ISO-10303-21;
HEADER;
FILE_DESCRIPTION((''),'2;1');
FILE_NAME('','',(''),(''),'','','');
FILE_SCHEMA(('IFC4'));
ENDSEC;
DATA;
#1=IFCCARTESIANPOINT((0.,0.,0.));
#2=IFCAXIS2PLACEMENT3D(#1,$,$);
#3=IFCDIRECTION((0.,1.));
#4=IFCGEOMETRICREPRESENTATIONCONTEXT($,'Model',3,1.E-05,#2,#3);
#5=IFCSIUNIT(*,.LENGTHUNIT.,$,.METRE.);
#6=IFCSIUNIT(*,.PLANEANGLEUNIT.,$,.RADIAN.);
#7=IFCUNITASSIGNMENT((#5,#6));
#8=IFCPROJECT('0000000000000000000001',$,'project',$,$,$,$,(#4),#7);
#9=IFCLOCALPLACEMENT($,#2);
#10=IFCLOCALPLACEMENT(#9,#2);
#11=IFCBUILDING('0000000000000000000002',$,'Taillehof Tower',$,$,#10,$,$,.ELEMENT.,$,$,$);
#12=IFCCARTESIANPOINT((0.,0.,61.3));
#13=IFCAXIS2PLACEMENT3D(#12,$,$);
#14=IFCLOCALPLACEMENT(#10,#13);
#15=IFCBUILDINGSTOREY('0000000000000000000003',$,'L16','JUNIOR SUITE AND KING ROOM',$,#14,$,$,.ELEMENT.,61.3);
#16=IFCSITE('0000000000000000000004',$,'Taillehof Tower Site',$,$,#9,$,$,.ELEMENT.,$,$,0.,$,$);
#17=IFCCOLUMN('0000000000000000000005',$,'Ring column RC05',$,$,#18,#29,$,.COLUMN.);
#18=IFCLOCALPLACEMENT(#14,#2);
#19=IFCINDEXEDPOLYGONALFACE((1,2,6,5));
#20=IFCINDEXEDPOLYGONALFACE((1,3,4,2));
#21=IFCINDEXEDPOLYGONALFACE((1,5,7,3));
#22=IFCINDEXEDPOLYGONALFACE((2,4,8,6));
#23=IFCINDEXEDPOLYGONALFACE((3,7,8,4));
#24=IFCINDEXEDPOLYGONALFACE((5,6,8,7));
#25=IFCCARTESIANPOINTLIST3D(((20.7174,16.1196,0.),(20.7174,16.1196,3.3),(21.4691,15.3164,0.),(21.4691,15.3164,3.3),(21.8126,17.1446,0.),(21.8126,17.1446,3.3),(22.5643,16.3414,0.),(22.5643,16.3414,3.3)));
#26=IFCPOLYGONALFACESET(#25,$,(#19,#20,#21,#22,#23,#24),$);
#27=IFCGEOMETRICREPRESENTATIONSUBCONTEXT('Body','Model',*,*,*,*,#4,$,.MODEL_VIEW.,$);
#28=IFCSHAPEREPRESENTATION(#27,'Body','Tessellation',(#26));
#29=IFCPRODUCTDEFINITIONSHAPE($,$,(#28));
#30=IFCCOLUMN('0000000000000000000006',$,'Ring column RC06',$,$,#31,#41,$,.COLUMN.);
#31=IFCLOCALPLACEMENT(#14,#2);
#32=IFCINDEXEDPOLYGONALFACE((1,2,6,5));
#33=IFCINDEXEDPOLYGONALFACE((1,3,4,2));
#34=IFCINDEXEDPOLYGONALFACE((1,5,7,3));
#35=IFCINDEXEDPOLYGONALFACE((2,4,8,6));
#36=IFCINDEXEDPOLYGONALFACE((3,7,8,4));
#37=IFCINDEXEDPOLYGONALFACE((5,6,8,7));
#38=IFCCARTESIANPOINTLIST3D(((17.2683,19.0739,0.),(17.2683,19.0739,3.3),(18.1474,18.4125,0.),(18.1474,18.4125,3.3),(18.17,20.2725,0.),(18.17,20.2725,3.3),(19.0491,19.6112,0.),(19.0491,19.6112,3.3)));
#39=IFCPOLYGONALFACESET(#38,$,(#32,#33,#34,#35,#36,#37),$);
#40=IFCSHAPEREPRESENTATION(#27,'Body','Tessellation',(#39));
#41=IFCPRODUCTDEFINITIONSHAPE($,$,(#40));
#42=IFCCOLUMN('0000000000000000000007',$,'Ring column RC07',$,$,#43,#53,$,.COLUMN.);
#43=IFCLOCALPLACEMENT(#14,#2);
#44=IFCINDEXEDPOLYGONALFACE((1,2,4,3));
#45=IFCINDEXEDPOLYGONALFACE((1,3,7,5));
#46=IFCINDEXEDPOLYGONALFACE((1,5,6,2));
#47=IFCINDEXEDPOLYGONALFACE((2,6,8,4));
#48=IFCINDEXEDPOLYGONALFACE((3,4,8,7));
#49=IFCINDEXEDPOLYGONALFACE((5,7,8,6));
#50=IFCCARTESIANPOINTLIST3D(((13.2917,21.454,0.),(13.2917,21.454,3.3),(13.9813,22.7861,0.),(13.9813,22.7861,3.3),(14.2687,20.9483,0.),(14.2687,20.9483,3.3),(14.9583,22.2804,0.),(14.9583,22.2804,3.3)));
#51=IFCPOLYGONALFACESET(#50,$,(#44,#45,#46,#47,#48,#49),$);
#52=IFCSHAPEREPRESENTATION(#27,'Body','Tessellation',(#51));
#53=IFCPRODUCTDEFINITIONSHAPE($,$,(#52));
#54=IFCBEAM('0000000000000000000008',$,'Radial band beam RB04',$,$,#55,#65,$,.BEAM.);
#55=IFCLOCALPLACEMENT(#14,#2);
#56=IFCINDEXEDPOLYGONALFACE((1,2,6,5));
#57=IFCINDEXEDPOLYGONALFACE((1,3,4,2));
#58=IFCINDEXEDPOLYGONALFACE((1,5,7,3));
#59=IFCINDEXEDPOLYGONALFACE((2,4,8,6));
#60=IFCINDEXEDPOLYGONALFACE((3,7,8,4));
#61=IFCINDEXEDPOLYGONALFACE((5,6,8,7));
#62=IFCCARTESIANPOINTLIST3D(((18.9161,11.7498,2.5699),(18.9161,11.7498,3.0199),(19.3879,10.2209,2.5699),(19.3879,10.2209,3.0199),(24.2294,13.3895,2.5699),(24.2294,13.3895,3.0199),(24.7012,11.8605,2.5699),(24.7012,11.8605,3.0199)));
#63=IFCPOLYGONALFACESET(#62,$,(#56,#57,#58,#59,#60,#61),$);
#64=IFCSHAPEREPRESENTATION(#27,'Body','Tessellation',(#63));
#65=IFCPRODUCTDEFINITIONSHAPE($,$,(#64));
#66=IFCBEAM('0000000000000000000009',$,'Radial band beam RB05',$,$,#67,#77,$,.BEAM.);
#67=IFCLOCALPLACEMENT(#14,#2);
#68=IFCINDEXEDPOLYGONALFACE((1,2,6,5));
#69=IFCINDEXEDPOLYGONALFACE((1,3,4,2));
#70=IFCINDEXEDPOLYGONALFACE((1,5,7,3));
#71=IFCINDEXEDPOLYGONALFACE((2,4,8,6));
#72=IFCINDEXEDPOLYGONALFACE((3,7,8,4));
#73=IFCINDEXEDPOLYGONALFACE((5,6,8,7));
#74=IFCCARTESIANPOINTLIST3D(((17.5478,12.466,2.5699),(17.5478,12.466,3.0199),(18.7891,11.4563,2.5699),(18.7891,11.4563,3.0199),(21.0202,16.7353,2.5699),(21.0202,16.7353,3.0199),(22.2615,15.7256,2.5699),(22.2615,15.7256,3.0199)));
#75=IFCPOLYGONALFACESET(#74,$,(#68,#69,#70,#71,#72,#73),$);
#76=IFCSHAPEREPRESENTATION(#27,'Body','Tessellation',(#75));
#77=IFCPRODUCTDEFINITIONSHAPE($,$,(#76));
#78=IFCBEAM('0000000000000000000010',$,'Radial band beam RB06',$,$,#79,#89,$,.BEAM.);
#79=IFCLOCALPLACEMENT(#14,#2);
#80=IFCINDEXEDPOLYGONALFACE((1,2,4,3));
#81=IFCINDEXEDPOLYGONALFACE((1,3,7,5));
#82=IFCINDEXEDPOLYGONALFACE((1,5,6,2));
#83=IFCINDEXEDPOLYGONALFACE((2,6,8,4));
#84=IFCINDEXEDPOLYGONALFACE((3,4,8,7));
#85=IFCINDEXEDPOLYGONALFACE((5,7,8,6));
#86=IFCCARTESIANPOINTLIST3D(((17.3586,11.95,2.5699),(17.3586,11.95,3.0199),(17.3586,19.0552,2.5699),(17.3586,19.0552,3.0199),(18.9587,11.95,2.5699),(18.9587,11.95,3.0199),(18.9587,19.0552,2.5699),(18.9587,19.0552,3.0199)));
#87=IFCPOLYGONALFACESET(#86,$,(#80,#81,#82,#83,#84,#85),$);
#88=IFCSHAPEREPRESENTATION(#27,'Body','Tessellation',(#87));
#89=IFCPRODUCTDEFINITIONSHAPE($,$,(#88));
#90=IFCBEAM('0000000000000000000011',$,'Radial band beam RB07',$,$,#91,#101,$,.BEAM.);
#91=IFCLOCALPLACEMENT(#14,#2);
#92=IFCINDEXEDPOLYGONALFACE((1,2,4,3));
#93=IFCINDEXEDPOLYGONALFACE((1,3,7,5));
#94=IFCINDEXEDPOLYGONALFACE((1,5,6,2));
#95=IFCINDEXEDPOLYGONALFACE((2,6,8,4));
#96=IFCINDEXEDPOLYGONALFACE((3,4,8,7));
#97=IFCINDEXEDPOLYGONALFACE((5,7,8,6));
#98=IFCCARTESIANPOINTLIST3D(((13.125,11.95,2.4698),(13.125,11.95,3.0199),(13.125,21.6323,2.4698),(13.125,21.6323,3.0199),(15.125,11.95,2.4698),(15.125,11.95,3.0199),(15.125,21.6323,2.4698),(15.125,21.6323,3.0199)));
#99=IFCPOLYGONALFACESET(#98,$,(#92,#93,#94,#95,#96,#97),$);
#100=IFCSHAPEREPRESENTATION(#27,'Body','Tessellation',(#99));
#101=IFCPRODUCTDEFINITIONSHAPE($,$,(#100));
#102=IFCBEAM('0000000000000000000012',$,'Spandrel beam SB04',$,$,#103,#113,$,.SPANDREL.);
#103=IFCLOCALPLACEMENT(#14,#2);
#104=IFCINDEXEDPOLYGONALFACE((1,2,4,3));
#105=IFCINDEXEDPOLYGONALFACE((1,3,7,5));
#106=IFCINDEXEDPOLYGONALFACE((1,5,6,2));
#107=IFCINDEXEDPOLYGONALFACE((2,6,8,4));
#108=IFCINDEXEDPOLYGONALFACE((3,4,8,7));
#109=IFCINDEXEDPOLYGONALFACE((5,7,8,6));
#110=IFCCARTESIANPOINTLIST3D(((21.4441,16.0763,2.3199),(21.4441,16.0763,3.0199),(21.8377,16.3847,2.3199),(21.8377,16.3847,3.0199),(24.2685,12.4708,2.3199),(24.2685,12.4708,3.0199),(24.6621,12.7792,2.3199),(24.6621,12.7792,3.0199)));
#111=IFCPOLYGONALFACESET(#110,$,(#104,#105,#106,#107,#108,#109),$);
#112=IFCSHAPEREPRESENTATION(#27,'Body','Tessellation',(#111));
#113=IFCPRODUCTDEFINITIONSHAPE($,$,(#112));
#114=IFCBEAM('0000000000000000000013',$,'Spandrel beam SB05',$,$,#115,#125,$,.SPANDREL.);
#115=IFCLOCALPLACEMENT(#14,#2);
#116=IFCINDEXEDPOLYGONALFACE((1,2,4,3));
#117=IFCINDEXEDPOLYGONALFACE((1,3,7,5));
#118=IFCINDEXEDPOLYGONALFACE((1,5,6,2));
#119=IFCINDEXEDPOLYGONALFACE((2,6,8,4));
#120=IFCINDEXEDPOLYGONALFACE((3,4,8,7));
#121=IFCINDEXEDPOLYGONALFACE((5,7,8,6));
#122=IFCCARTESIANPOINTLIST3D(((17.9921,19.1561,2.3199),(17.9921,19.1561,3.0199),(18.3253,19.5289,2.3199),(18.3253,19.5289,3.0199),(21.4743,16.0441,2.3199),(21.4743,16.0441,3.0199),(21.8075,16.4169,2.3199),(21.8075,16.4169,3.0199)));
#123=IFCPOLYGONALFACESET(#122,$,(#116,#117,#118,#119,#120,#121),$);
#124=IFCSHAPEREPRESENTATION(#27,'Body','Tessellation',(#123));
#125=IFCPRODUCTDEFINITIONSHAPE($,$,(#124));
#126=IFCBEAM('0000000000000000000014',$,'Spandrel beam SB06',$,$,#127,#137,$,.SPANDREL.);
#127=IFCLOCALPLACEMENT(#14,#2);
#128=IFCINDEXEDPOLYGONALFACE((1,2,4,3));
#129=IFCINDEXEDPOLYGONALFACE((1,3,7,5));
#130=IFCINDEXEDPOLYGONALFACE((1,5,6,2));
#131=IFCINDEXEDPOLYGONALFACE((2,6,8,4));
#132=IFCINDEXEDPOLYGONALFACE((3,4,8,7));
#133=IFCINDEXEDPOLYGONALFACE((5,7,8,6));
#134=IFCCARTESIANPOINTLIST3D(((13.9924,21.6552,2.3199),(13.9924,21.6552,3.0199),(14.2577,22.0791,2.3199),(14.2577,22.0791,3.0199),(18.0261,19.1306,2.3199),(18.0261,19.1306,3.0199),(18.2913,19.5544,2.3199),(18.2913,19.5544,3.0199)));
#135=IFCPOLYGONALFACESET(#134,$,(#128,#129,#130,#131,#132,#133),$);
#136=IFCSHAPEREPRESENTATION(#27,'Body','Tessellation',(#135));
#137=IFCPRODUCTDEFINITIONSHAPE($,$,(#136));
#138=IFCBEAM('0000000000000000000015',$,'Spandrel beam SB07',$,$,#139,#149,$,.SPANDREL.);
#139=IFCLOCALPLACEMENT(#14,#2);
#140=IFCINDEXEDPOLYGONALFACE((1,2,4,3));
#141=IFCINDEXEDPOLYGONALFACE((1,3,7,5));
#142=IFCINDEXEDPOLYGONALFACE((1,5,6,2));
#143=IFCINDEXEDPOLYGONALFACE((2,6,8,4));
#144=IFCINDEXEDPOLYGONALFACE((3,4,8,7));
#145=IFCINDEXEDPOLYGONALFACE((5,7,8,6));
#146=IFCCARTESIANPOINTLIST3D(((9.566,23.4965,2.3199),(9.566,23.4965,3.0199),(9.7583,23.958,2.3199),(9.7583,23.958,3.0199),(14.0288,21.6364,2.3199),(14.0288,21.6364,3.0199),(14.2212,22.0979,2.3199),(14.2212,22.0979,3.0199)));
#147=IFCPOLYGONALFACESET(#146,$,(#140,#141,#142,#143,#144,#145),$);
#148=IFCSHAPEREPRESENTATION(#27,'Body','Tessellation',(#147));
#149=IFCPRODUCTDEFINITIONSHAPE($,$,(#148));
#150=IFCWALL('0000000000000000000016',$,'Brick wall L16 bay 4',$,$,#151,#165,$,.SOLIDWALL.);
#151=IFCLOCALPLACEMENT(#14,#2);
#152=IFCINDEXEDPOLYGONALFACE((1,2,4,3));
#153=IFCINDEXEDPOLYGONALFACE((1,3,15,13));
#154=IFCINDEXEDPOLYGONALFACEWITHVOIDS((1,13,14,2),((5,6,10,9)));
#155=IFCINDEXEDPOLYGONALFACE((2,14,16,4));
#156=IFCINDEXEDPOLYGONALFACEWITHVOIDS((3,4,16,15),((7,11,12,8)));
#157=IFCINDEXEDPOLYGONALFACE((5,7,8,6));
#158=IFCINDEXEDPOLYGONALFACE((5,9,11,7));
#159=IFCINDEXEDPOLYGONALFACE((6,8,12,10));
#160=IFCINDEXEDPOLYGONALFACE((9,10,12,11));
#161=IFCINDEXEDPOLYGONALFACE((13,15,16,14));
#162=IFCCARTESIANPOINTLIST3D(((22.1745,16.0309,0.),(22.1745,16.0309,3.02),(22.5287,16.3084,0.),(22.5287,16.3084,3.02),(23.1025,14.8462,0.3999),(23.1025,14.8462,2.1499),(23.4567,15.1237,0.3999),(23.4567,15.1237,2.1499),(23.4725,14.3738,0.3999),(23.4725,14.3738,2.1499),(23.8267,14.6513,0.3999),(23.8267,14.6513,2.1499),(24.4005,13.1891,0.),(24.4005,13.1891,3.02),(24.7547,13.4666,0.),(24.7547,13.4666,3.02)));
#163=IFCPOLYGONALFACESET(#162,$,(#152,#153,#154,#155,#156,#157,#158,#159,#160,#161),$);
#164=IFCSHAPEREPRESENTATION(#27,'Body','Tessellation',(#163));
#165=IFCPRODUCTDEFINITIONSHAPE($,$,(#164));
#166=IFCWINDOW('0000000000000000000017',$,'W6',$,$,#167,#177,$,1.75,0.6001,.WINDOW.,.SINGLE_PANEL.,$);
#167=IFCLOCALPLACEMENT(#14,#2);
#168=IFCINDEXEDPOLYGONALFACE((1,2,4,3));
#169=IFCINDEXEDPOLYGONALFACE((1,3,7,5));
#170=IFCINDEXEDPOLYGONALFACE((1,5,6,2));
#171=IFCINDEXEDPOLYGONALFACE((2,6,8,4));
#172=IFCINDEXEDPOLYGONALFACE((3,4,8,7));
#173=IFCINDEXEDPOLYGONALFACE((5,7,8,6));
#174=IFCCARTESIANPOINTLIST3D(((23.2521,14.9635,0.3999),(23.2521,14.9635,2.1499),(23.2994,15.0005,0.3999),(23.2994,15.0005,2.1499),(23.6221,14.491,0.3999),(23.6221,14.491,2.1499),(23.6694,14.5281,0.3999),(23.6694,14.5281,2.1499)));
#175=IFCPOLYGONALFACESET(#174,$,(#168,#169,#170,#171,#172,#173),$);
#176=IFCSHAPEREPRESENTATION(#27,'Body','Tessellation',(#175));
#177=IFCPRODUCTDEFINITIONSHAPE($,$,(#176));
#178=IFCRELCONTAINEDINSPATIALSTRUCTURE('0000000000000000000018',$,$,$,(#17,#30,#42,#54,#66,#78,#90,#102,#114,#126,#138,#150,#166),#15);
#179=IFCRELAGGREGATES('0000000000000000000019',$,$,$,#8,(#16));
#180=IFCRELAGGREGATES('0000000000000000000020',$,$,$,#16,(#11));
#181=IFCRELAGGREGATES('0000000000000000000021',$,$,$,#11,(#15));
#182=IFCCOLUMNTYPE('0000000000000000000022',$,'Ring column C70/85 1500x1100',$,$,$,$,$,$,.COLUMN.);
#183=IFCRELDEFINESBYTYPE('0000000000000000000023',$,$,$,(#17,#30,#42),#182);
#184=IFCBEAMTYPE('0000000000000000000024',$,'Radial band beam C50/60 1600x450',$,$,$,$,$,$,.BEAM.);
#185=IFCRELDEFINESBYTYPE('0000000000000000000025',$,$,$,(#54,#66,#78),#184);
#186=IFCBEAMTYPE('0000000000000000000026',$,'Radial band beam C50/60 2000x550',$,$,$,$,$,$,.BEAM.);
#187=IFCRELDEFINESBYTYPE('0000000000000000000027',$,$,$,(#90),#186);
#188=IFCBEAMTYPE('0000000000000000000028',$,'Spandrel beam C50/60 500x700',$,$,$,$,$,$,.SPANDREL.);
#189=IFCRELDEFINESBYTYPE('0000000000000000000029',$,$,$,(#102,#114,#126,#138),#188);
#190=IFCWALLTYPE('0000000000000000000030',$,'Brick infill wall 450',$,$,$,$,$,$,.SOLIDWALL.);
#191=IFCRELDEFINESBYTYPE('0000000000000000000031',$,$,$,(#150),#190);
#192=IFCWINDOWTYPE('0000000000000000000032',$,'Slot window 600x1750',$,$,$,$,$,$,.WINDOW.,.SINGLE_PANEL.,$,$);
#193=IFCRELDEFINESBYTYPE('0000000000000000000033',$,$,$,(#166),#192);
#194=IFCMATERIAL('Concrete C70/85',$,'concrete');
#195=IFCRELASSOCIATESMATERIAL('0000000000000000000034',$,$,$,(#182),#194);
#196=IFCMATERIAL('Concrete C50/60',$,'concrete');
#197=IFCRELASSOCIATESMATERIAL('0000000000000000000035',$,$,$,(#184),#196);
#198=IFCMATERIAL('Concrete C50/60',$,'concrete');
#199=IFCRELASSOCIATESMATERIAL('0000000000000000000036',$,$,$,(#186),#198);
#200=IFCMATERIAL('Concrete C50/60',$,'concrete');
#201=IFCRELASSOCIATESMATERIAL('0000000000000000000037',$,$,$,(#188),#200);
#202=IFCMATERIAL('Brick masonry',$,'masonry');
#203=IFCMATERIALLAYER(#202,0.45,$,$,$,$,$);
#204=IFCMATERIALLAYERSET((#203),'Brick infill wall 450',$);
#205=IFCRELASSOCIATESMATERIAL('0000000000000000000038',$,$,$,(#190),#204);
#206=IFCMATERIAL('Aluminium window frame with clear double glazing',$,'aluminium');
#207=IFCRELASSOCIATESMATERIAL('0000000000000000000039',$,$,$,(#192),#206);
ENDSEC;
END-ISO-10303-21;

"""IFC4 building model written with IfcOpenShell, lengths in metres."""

from ifc_helpers import new_model, si_unit, direction, frame, frame_2d, origin, origin_2d, place, context, subcontext, project, spatial, rectangle, extrude, material, layer, layer_set, material_profile, profile_set, type_object, element, fill, save


model = new_model("IFC4")

# Units and contexts
model_context = context("Model", 3, precision=1e-05, world=origin(), true_north=direction((0.0, 1.0)))
body_context = subcontext(model_context, "Body", "Model", "MODEL_VIEW")
ifc_project = project(units=[si_unit("LENGTHUNIT", "METRE"), si_unit("PLANEANGLEUNIT", "RADIAN")], contexts=[model_context])

# Site, building, storey
site_placement = place(None, origin())
site = spatial("IfcSite", under=ifc_project, at=site_placement, Name="Taillehof Tower Site", CompositionType="ELEMENT", RefElevation=0.0)
building_placement = place(site_placement, origin())
building = spatial("IfcBuilding", under=site, at=building_placement, Name="Taillehof Tower", CompositionType="ELEMENT")
storey_placement = place(building_placement, frame((0.0, 0.0, 61.3)))
storey = spatial("IfcBuildingStorey", under=building, at=storey_placement, Name="L16", Description="JUNIOR SUITE AND KING ROOM", CompositionType="ELEMENT", Elevation=61.3)

# Columns
ifc_material_1 = material(Name="Concrete C70/85", Category="concrete")
ifc_material_profile_1 = material_profile(ifc_material_1, rectangle(XDim=1.5, YDim=1.1001, at=origin_2d()), Name="RC 1500x1100")
ifc_profile_set_1 = profile_set([ifc_material_profile_1], Name="Concrete C70/85")
column_type = type_object("IfcColumnType", Name="Ring column C70/85 1500x1100", PredefinedType="COLUMN", material=ifc_profile_set_1)
for number, where, z_axis, x_axis, name in (
    (1, (21.6409, 16.2305, 0.0), (0.0, 0.0, 1.0), (0.730113, 0.683326, 0.0), "Ring column RC05"),
    (2, (18.1587, 19.3425, 0.0), (0.0, 0.0, 1.0), (0.601174, 0.799118, 0.0), "Ring column RC06"),
    (3, (14.125, 21.8672, 0.0), (0.0, 0.0, 1.0), (0.459691, 0.888079, 0.0), "Ring column RC07"),
):
    element("IfcColumn", number, at=place(storey_placement, frame(where, z_axis=z_axis, x_axis=x_axis)), inside=storey, type_object=column_type, Name=name, PredefinedType="COLUMN", context=body_context, shape_type="SweptSolid", body=[
        extrude(rectangle(XDim=1.5, YDim=1.1001, at=origin_2d()), origin(), (0.0, 0.0, 1.0), 3.3),
    ])

# Beams
ifc_material_2 = material(Name="Concrete C50/60", Category="concrete")
ifc_material_profile_2 = material_profile(ifc_material_2, rectangle(XDim=1.6001, YDim=0.45, at=origin_2d()), Name="RC 1600x450")
ifc_profile_set_2 = profile_set([ifc_material_profile_2], Name="Concrete C50/60")
beam_type_1 = type_object("IfcBeamType", Name="Radial band beam C50/60 1600x450", PredefinedType="BEAM", material=ifc_profile_set_2)
beam_1_placement = place(storey_placement, frame((24.4653, 12.625, 2.7949), z_axis=(-0.955536, -0.294876, 0.0), x_axis=(0.294876, -0.955536, 0.0)))
element("IfcBeam", 4, at=beam_1_placement, inside=storey, type_object=beam_type_1, Name="Radial band beam RB04", PredefinedType="BEAM", context=body_context, shape_type="SweptSolid", body=[
    extrude(rectangle(XDim=1.6001, YDim=0.45, at=origin_2d()), origin(), (0.0, 0.0, 1.0), 5.5605),
])
beam_2_placement = place(storey_placement, frame((21.6409, 16.2305, 2.7949), z_axis=(-0.630988, -0.775792, 0.0), x_axis=(0.775792, -0.630988, 0.0)))
element("IfcBeam", 5, at=beam_2_placement, inside=storey, type_object=beam_type_1, Name="Radial band beam RB05", PredefinedType="BEAM", context=body_context, shape_type="SweptSolid", body=[
    extrude(rectangle(XDim=1.6001, YDim=0.45, at=origin_2d()), origin(), (0.0, 0.0, 1.0), 5.5032),
])
beam_3_placement = place(storey_placement, frame((18.1587, 19.0552, 2.7949), z_axis=(0.0, -1.0, 0.0), x_axis=(1.0, 0.0, 0.0)))
element("IfcBeam", 6, at=beam_3_placement, inside=storey, type_object=beam_type_1, Name="Radial band beam RB06", PredefinedType="BEAM", context=body_context, shape_type="SweptSolid", body=[
    extrude(rectangle(XDim=1.6001, YDim=0.45, at=origin_2d()), origin(), (0.0, 0.0, 1.0), 7.1052),
])
ifc_material_3 = material(Name="Concrete C50/60", Category="concrete")
ifc_material_profile_3 = material_profile(ifc_material_3, rectangle(XDim=2.0, YDim=0.55, at=origin_2d()), Name="RC 2000x550")
ifc_profile_set_3 = profile_set([ifc_material_profile_3], Name="Concrete C50/60")
beam_type_2 = type_object("IfcBeamType", Name="Radial band beam C50/60 2000x550", PredefinedType="BEAM", material=ifc_profile_set_3)
beam_4_placement = place(storey_placement, frame((14.125, 21.6323, 2.7449), z_axis=(0.0, -1.0, 0.0), x_axis=(1.0, 0.0, 0.0)))
element("IfcBeam", 7, at=beam_4_placement, inside=storey, type_object=beam_type_2, Name="Radial band beam RB07", PredefinedType="BEAM", context=body_context, shape_type="SweptSolid", body=[
    extrude(rectangle(XDim=2.0, YDim=0.55, at=origin_2d()), origin(), (0.0, 0.0, 1.0), 9.6824),
])
ifc_material_4 = material(Name="Concrete C50/60", Category="concrete")
ifc_material_profile_4 = material_profile(ifc_material_4, rectangle(XDim=0.5, YDim=0.7, at=origin_2d()), Name="RC 500x700")
ifc_profile_set_4 = profile_set([ifc_material_profile_4], Name="Concrete C50/60")
beam_type_3 = type_object("IfcBeamType", Name="Spandrel beam C50/60 500x700", PredefinedType="SPANDREL", material=ifc_profile_set_4)
beam_5_placement = place(storey_placement, frame((24.4653, 12.625, 2.6699), z_axis=(-0.616686, 0.787209, 0.0), x_axis=(-0.787209, -0.616686, 0.0)))
element("IfcBeam", 8, at=beam_5_placement, inside=storey, type_object=beam_type_3, Name="Spandrel beam SB04", PredefinedType="SPANDREL", context=body_context, shape_type="SweptSolid", body=[
    extrude(rectangle(XDim=0.5, YDim=0.7, at=origin_2d()), origin(), (0.0, 0.0, 1.0), 4.5801),
])
beam_6_placement = place(storey_placement, frame((21.6409, 16.2305, 2.6699), z_axis=(-0.745621, 0.66637, 0.0), x_axis=(-0.66637, -0.745621, 0.0)))
element("IfcBeam", 9, at=beam_6_placement, inside=storey, type_object=beam_type_3, Name="Spandrel beam SB05", PredefinedType="SPANDREL", context=body_context, shape_type="SweptSolid", body=[
    extrude(rectangle(XDim=0.5, YDim=0.7, at=origin_2d()), origin(), (0.0, 0.0, 1.0), 4.6702),
])
beam_7_placement = place(storey_placement, frame((18.1587, 19.3425, 2.6699), z_axis=(-0.847658, 0.530543, 0.0), x_axis=(-0.530543, -0.847658, 0.0)))
element("IfcBeam", 10, at=beam_7_placement, inside=storey, type_object=beam_type_3, Name="Spandrel beam SB06", PredefinedType="SPANDREL", context=body_context, shape_type="SweptSolid", body=[
    extrude(rectangle(XDim=0.5, YDim=0.7, at=origin_2d()), origin(), (0.0, 0.0, 1.0), 4.7585),
])
beam_8_placement = place(storey_placement, frame((14.125, 21.8672, 2.6699), z_axis=(-0.923035, 0.384716, 0.0), x_axis=(-0.384716, -0.923035, 0.0)))
element("IfcBeam", 11, at=beam_8_placement, inside=storey, type_object=beam_type_3, Name="Spandrel beam SB07", PredefinedType="SPANDREL", context=body_context, shape_type="SweptSolid", body=[
    extrude(rectangle(XDim=0.5, YDim=0.7, at=origin_2d()), origin(), (0.0, 0.0, 1.0), 4.835),
])

# Wall, opening, window
ifc_material_5 = material(Name="Brick masonry", Category="masonry")
ifc_layer_1 = layer(ifc_material_5, 0.45)
ifc_layer_set_1 = layer_set([ifc_layer_1], Name="Brick infill wall 450")
wall_type_1 = type_object("IfcWallType", Name="Brick infill wall 450", PredefinedType="SOLIDWALL", material=ifc_layer_set_1)
wall_1_placement = place(storey_placement, frame((24.5776, 13.3279, 0.0), z_axis=(0.0, 0.0, 1.0), x_axis=(-0.616662, 0.787228, 0.0)))
wall_1 = element("IfcWall", 12, at=wall_1_placement, inside=storey, type_object=wall_type_1, Name="Brick wall L16 bay 4", PredefinedType="SOLIDWALL", context=body_context, shape_type="SweptSolid", body=[
    extrude(rectangle(XDim=3.6099, YDim=0.45, at=frame_2d((1.8049, 0.0))), origin(), (0.0, 0.0, 1.0), 3.02),
])
opening_1_placement = place(wall_1_placement, frame((1.5049, 0.0, 0.3999)))
opening_1 = element("IfcOpeningElement", 13, at=opening_1_placement, cuts=wall_1, PredefinedType="OPENING", context=body_context, shape_type="SweptSolid", body=[
    extrude(rectangle(XDim=0.6001, YDim=1.75, at=frame_2d((0.3, 0.875))), frame((0.0, 0.2349, 0.0), z_axis=(0.0, -1.0, 0.0), x_axis=(1.0, 0.0, 0.0)), (0.0, 0.0, 1.0), 0.47),
])
ifc_material_6 = material(Name="Aluminium window frame with clear double glazing", Category="aluminium")
window_type_1 = type_object("IfcWindowType", Name="Slot window 600x1750", PartitioningType="SINGLE_PANEL", PredefinedType="WINDOW", material=ifc_material_6)
window_1_placement = place(opening_1_placement, origin())
window_1 = element("IfcWindow", 14, at=window_1_placement, inside=storey, type_object=window_type_1, Name="W6", OverallHeight=1.75, OverallWidth=0.6001, PartitioningType="SINGLE_PANEL", PredefinedType="WINDOW", context=body_context, shape_type="SweptSolid", body=[
    extrude(rectangle(XDim=0.6001, YDim=1.75, at=frame_2d((0.3, 0.875))), frame((0.0, 0.0349, 0.0), z_axis=(0.0, -1.0, 0.0), x_axis=(1.0, 0.0, 0.0)), (0.0, 0.0, 1.0), 0.0601),
])
fill(opening_1, window_1)

save(model, "model.ifc")
